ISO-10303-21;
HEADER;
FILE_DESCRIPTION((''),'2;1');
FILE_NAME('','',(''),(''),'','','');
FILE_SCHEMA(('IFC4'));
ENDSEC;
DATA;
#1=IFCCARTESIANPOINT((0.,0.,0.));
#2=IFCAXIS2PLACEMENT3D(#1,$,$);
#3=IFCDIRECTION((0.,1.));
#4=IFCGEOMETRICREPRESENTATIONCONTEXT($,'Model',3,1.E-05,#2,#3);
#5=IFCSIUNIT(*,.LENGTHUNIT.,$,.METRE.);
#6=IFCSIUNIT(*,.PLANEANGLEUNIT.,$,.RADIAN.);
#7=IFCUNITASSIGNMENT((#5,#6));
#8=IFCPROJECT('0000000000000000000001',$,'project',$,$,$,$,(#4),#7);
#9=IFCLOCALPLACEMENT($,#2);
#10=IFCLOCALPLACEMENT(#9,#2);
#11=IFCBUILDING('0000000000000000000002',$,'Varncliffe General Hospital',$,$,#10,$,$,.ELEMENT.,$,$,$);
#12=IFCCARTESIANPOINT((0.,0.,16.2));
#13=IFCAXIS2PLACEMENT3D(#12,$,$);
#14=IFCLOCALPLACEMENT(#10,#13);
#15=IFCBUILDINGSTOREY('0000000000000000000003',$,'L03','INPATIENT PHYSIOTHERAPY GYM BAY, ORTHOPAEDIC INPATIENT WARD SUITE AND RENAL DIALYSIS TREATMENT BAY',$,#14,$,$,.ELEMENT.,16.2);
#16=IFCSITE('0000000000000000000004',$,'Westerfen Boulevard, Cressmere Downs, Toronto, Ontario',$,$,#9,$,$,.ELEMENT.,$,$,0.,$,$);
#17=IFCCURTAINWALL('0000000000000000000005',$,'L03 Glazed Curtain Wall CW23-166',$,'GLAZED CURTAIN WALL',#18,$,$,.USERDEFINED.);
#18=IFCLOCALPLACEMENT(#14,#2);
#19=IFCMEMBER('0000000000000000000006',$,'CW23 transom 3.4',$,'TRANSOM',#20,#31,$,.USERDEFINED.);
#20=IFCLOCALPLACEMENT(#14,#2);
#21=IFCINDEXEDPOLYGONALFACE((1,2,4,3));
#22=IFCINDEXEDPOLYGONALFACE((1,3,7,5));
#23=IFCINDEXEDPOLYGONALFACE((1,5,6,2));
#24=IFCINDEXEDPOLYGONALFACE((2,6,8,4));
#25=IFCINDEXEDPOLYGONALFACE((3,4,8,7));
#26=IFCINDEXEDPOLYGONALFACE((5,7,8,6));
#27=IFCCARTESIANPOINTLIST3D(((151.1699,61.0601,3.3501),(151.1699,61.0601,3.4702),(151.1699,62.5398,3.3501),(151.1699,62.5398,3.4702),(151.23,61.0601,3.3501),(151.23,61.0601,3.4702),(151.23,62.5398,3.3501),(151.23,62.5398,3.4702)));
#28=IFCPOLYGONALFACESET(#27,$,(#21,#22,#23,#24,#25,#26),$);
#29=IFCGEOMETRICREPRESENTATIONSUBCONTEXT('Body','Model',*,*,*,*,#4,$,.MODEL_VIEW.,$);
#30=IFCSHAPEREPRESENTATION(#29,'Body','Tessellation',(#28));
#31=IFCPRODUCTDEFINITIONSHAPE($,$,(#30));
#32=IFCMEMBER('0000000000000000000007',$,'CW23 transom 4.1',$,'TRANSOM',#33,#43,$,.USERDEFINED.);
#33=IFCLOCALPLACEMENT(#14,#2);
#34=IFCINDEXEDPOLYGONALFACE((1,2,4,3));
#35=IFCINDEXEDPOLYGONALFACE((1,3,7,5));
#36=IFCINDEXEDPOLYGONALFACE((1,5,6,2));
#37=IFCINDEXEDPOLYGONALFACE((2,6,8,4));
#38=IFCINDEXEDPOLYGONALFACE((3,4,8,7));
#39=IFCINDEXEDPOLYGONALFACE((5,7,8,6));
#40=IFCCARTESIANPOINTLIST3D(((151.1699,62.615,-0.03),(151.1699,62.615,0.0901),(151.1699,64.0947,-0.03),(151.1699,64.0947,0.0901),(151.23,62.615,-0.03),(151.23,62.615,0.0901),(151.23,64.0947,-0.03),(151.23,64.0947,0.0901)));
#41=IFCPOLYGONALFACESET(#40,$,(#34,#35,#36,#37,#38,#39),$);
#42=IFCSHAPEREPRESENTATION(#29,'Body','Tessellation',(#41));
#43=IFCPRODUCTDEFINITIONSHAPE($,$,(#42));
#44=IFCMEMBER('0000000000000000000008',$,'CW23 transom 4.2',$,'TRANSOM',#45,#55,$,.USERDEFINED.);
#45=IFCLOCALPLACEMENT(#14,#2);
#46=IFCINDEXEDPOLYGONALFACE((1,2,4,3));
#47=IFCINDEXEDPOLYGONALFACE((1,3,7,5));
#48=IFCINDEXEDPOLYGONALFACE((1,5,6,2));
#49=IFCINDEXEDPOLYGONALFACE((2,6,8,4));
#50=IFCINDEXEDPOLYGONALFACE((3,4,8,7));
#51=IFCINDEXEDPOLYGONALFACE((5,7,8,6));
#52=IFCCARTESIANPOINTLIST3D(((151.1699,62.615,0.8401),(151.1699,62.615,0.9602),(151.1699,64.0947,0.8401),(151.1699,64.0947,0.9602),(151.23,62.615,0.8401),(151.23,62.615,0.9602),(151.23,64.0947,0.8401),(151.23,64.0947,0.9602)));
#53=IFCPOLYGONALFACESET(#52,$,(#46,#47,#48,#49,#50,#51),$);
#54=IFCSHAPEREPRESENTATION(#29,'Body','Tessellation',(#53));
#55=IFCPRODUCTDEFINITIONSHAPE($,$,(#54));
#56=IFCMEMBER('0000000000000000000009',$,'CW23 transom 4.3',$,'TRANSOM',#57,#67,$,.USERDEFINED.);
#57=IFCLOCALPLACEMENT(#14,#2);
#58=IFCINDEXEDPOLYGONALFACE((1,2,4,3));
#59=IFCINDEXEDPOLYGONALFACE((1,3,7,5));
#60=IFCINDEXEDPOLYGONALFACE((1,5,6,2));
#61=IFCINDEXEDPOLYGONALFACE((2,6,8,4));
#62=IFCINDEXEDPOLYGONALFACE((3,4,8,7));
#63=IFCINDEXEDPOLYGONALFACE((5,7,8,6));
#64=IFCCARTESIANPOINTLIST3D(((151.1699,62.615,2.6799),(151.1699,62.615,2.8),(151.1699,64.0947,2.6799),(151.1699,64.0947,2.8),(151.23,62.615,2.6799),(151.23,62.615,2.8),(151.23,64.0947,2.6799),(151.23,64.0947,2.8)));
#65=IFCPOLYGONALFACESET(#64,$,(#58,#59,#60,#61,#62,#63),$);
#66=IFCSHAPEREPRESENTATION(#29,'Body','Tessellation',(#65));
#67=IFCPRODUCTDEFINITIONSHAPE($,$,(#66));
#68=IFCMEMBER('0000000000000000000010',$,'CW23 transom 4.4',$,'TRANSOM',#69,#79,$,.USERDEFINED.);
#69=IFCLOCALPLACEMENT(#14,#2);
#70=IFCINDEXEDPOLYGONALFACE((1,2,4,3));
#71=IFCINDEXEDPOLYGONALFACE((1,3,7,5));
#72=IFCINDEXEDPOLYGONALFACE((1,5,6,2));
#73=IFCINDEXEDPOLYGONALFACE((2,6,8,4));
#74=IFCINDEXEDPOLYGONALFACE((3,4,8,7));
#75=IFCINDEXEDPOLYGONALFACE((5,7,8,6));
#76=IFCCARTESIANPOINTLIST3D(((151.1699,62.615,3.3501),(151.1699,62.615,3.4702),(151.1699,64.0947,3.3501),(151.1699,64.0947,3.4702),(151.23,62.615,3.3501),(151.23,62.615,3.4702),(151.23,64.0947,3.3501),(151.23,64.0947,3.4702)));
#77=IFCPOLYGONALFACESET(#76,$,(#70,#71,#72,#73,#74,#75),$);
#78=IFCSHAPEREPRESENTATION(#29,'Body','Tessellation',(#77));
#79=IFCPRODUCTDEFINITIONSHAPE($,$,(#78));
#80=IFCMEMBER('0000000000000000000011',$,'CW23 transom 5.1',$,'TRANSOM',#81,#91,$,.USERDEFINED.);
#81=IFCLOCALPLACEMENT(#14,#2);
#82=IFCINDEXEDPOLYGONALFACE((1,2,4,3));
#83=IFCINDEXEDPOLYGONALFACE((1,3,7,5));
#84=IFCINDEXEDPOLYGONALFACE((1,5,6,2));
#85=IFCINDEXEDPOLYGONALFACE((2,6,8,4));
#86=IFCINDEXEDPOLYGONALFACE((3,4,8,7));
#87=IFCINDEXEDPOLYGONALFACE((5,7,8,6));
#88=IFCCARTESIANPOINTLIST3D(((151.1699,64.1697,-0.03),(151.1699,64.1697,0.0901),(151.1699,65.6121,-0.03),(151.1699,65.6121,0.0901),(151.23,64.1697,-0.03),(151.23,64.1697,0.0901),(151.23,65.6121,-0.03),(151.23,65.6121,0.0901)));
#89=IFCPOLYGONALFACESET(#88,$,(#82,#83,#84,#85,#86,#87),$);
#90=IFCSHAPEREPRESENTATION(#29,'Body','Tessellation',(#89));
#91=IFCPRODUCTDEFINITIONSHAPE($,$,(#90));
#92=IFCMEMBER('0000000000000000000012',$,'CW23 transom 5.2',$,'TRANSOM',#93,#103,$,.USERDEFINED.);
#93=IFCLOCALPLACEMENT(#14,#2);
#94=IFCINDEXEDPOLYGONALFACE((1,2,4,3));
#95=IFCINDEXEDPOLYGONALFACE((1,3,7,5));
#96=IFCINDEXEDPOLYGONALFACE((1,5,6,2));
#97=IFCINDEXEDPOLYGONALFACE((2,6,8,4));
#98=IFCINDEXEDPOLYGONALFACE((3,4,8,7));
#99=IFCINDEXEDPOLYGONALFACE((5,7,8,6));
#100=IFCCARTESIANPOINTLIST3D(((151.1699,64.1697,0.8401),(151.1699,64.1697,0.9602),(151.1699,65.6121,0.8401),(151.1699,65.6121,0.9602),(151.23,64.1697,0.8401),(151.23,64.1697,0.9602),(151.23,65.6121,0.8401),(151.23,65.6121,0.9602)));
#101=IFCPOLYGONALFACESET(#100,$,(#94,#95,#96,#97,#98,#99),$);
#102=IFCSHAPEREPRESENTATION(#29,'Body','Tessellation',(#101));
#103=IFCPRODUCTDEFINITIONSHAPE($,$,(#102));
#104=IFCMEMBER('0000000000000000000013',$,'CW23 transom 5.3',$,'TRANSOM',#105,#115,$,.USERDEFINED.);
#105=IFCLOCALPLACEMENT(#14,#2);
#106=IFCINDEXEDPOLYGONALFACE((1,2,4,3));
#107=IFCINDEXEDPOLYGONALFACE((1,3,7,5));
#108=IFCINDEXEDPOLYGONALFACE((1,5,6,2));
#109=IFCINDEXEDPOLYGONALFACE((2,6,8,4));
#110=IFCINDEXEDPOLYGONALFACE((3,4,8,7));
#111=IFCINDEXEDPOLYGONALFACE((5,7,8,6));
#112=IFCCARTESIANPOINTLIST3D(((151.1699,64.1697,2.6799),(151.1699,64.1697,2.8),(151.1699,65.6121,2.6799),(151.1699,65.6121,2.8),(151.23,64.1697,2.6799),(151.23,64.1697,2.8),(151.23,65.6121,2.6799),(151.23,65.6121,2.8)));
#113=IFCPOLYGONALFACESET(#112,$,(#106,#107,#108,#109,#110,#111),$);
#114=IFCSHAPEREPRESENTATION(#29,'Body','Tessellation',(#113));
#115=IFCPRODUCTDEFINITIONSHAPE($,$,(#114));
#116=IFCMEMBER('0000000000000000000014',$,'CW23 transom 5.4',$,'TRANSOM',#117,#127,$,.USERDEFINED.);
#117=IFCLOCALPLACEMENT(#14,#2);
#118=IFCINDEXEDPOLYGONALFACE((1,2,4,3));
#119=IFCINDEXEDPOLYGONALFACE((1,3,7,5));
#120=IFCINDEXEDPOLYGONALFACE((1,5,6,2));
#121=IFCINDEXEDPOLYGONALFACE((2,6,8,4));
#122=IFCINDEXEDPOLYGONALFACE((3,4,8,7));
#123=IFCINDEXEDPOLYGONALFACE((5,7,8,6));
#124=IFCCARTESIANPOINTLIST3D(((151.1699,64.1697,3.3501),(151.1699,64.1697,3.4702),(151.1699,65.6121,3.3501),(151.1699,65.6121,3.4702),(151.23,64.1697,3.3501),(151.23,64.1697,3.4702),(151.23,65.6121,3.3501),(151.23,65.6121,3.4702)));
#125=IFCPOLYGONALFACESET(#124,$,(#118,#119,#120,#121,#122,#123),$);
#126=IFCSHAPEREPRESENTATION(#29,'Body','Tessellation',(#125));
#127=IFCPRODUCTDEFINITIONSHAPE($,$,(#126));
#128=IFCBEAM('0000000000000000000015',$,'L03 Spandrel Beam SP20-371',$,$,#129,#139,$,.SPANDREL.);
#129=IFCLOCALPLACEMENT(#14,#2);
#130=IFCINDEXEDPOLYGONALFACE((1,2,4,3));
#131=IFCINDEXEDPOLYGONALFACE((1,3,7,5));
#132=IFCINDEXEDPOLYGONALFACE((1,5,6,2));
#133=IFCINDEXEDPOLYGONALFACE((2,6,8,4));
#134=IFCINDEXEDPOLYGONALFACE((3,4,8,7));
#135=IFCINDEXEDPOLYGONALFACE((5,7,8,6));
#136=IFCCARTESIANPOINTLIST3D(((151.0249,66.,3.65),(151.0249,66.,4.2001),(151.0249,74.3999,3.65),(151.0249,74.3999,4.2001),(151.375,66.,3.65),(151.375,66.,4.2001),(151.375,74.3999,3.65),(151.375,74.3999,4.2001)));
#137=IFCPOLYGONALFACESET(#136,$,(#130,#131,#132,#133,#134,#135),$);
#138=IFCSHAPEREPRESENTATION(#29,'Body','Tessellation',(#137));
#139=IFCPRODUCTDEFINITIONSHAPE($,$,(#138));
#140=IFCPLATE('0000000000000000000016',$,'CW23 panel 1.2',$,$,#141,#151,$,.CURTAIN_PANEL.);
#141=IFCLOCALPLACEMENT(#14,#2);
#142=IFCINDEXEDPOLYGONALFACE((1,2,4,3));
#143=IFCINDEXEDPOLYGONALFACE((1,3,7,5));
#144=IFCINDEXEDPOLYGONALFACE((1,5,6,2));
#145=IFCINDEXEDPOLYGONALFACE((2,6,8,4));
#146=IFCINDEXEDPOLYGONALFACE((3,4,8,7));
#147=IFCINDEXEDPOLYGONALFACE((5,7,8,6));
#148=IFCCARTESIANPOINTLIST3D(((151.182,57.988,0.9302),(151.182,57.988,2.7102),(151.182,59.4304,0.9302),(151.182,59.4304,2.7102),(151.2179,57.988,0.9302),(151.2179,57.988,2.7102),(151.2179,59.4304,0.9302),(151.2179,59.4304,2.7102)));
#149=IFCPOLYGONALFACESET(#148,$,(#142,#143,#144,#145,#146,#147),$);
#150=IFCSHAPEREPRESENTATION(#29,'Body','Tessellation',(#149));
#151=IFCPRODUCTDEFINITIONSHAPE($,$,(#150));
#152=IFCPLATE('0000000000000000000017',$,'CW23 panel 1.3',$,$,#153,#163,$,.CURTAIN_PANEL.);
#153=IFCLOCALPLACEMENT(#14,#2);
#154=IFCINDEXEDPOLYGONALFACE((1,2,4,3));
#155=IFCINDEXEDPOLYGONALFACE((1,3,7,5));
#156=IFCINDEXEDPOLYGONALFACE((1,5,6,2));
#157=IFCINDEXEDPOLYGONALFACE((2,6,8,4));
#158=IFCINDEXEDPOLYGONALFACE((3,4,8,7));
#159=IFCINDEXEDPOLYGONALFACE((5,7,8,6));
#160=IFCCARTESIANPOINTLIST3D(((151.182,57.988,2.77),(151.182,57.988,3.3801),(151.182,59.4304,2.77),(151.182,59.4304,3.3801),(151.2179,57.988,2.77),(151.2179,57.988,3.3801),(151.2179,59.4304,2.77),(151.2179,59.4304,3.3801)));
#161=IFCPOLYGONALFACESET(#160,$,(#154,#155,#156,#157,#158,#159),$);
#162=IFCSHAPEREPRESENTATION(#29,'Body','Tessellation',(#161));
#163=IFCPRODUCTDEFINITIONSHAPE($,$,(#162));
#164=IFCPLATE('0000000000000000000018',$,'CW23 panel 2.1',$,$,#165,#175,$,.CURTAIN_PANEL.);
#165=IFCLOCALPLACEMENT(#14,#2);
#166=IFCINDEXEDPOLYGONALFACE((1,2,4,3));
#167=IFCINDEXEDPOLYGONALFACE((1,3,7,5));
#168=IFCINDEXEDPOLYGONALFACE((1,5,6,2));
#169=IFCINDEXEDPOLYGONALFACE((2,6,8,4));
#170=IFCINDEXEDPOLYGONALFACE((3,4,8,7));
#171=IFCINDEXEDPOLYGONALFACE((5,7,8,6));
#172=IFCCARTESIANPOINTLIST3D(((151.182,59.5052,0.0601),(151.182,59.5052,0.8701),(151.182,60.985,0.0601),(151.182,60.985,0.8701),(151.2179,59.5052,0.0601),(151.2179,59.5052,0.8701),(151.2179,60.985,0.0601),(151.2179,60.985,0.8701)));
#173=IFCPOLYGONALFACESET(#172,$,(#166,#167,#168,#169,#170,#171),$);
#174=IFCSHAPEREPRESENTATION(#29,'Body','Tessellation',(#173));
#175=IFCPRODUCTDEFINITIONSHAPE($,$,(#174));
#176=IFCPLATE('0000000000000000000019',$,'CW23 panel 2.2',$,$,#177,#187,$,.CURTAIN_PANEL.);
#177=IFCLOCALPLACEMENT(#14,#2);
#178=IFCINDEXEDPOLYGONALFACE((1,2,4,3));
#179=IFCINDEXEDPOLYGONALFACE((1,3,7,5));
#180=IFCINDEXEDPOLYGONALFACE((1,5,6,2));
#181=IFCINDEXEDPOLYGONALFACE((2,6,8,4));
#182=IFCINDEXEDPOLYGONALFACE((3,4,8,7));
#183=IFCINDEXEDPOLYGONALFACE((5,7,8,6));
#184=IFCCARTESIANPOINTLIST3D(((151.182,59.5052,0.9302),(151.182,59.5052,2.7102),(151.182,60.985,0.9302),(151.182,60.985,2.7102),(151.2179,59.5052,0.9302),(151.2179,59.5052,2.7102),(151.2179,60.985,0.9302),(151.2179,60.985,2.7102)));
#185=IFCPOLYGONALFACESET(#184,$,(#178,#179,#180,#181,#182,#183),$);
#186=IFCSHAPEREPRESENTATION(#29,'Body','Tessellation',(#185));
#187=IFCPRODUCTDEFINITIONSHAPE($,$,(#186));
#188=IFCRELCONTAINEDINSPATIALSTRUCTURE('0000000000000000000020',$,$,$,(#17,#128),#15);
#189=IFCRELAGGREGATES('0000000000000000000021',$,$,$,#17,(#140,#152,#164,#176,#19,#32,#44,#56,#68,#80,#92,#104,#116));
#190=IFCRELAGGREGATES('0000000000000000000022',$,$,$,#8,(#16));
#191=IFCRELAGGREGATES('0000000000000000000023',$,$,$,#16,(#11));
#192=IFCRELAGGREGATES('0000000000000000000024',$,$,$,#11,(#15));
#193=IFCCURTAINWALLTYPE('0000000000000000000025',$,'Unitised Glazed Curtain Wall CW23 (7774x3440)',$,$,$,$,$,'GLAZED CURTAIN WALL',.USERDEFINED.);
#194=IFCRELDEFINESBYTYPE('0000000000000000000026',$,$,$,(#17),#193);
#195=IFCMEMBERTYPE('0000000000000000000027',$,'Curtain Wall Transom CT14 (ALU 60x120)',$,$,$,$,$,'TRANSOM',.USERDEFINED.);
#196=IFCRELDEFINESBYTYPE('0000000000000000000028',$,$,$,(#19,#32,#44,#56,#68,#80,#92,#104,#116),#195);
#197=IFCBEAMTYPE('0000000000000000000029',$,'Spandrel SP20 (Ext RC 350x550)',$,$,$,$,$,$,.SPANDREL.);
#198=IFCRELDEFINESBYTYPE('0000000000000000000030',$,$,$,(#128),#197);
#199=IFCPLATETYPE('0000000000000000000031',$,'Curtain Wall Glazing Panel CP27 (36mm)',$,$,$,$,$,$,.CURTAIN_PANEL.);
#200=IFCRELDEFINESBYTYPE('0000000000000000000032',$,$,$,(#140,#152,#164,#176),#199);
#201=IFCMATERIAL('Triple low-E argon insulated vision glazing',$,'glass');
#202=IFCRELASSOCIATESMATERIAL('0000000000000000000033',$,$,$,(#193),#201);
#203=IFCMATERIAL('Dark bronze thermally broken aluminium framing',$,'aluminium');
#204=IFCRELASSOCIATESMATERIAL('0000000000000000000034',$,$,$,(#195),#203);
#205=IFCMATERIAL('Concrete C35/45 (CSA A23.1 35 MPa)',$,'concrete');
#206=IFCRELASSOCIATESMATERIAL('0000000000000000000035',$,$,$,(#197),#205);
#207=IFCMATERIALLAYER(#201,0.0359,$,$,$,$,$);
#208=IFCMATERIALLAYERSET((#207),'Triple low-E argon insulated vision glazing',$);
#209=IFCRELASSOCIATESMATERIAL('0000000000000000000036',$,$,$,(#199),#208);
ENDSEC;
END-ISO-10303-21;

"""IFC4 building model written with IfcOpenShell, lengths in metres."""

from ifc_helpers import new_model, si_unit, direction, frame, origin, origin_2d, place, context, subcontext, project, spatial, rectangle, extrude, material, layer, layer_set, material_profile, profile_set, type_object, element, aggregate, save


model = new_model("IFC4")

# Units and contexts
model_context = context("Model", 3, precision=1e-05, world=origin(), true_north=direction((0.0, 1.0)))
body_context = subcontext(model_context, "Body", "Model", "MODEL_VIEW")
ifc_project = project(units=[si_unit("LENGTHUNIT", "METRE"), si_unit("PLANEANGLEUNIT", "RADIAN")], contexts=[model_context])

# Site, building, storey
site_placement = place(None, origin())
site = spatial("IfcSite", under=ifc_project, at=site_placement, Name="Westerfen Boulevard, Cressmere Downs, Toronto, Ontario", CompositionType="ELEMENT", RefElevation=0.0)
building_placement = place(site_placement, origin())
building = spatial("IfcBuilding", under=site, at=building_placement, Name="Varncliffe General Hospital", CompositionType="ELEMENT")
storey_placement = place(building_placement, frame((0.0, 0.0, 16.2)))
storey = spatial("IfcBuildingStorey", under=building, at=storey_placement, Name="L03", Description="INPATIENT PHYSIOTHERAPY GYM BAY, ORTHOPAEDIC INPATIENT WARD SUITE AND RENAL DIALYSIS TREATMENT BAY", CompositionType="ELEMENT", Elevation=16.2)

# Shared definitions
ifc_material_1 = material(Name="Concrete C35/45 (CSA A23.1 35 MPa)", Category="concrete")

# Curtain wall, members
ifc_material_2 = material(Name="Triple low-E argon insulated vision glazing", Category="glass")
curtain_wall_type = type_object("IfcCurtainWallType", Name="Unitised Glazed Curtain Wall CW23 (7774x3440)", ElementType="GLAZED CURTAIN WALL", PredefinedType="USERDEFINED", material=ifc_material_2)
curtain_wall_placement = place(storey_placement, origin())
curtain_wall = element("IfcCurtainWall", 1, at=curtain_wall_placement, inside=storey, type_object=curtain_wall_type, Name="L03 Glazed Curtain Wall CW23-166", ObjectType="GLAZED CURTAIN WALL", PredefinedType="USERDEFINED")
ifc_material_3 = material(Name="Dark bronze thermally broken aluminium framing", Category="aluminium")
ifc_material_profile_1 = material_profile(ifc_material_3, rectangle(XDim=0.0601, YDim=0.1201, at=origin_2d()), Name="ALU 60x120")
ifc_profile_set_1 = profile_set([ifc_material_profile_1], Name="Dark bronze thermally broken aluminium framing")
member_type_1 = type_object("IfcMemberType", Name="Curtain Wall Transom CT14 (ALU 60x120)", ElementType="TRANSOM", PredefinedType="USERDEFINED", material=ifc_profile_set_1)
member_1_placement = place(storey_placement, frame((151.2, 61.0601, 3.4102), z_axis=(0.0, 1.0, 0.0), x_axis=(-1.0, 0.0, 0.0)))
member_1 = element("IfcMember", 2, at=member_1_placement, type_object=member_type_1, Name="CW23 transom 3.4", ObjectType="TRANSOM", PredefinedType="USERDEFINED", context=body_context, shape_type="SweptSolid", body=[
    extrude(rectangle(XDim=0.0601, YDim=0.1201, at=origin_2d()), origin(), (0.0, 0.0, 1.0), 1.4797),
])
member_2_placement = place(storey_placement, frame((151.2, 62.615, 0.03), z_axis=(0.0, 1.0, 0.0), x_axis=(-1.0, 0.0, 0.0)))
member_2 = element("IfcMember", 3, at=member_2_placement, type_object=member_type_1, Name="CW23 transom 4.1", ObjectType="TRANSOM", PredefinedType="USERDEFINED", context=body_context, shape_type="SweptSolid", body=[
    extrude(rectangle(XDim=0.0601, YDim=0.1201, at=origin_2d()), origin(), (0.0, 0.0, 1.0), 1.4797),
])
member_3_placement = place(storey_placement, frame((151.2, 62.615, 0.9001), z_axis=(0.0, 1.0, 0.0), x_axis=(-1.0, 0.0, 0.0)))
member_3 = element("IfcMember", 4, at=member_3_placement, type_object=member_type_1, Name="CW23 transom 4.2", ObjectType="TRANSOM", PredefinedType="USERDEFINED", context=body_context, shape_type="SweptSolid", body=[
    extrude(rectangle(XDim=0.0601, YDim=0.1201, at=origin_2d()), origin(), (0.0, 0.0, 1.0), 1.4797),
])
member_4_placement = place(storey_placement, frame((151.2, 62.615, 2.74), z_axis=(0.0, 1.0, 0.0), x_axis=(-1.0, 0.0, 0.0)))
member_4 = element("IfcMember", 5, at=member_4_placement, type_object=member_type_1, Name="CW23 transom 4.3", ObjectType="TRANSOM", PredefinedType="USERDEFINED", context=body_context, shape_type="SweptSolid", body=[
    extrude(rectangle(XDim=0.0601, YDim=0.1201, at=origin_2d()), origin(), (0.0, 0.0, 1.0), 1.4797),
])
member_5_placement = place(storey_placement, frame((151.2, 62.615, 3.4102), z_axis=(0.0, 1.0, 0.0), x_axis=(-1.0, 0.0, 0.0)))
member_5 = element("IfcMember", 6, at=member_5_placement, type_object=member_type_1, Name="CW23 transom 4.4", ObjectType="TRANSOM", PredefinedType="USERDEFINED", context=body_context, shape_type="SweptSolid", body=[
    extrude(rectangle(XDim=0.0601, YDim=0.1201, at=origin_2d()), origin(), (0.0, 0.0, 1.0), 1.4797),
])
member_6_placement = place(storey_placement, frame((151.2, 64.1697, 0.03), z_axis=(0.0, 1.0, 0.0), x_axis=(-1.0, 0.0, 0.0)))
member_6 = element("IfcMember", 7, at=member_6_placement, type_object=member_type_1, Name="CW23 transom 5.1", ObjectType="TRANSOM", PredefinedType="USERDEFINED", context=body_context, shape_type="SweptSolid", body=[
    extrude(rectangle(XDim=0.0601, YDim=0.1201, at=origin_2d()), origin(), (0.0, 0.0, 1.0), 1.4424),
])
member_7_placement = place(storey_placement, frame((151.2, 64.1697, 0.9001), z_axis=(0.0, 1.0, 0.0), x_axis=(-1.0, 0.0, 0.0)))
member_7 = element("IfcMember", 8, at=member_7_placement, type_object=member_type_1, Name="CW23 transom 5.2", ObjectType="TRANSOM", PredefinedType="USERDEFINED", context=body_context, shape_type="SweptSolid", body=[
    extrude(rectangle(XDim=0.0601, YDim=0.1201, at=origin_2d()), origin(), (0.0, 0.0, 1.0), 1.4424),
])
member_8_placement = place(storey_placement, frame((151.2, 64.1697, 2.74), z_axis=(0.0, 1.0, 0.0), x_axis=(-1.0, 0.0, 0.0)))
member_8 = element("IfcMember", 9, at=member_8_placement, type_object=member_type_1, Name="CW23 transom 5.3", ObjectType="TRANSOM", PredefinedType="USERDEFINED", context=body_context, shape_type="SweptSolid", body=[
    extrude(rectangle(XDim=0.0601, YDim=0.1201, at=origin_2d()), origin(), (0.0, 0.0, 1.0), 1.4424),
])
member_9_placement = place(storey_placement, frame((151.2, 64.1697, 3.4102), z_axis=(0.0, 1.0, 0.0), x_axis=(-1.0, 0.0, 0.0)))
member_9 = element("IfcMember", 10, at=member_9_placement, type_object=member_type_1, Name="CW23 transom 5.4", ObjectType="TRANSOM", PredefinedType="USERDEFINED", context=body_context, shape_type="SweptSolid", body=[
    extrude(rectangle(XDim=0.0601, YDim=0.1201, at=origin_2d()), origin(), (0.0, 0.0, 1.0), 1.4424),
])

# Beam
ifc_material_profile_2 = material_profile(ifc_material_1, rectangle(XDim=0.3501, YDim=0.55, at=origin_2d()), Name="RC 350x550")
ifc_profile_set_2 = profile_set([ifc_material_profile_2], Name="Concrete C35/45 (CSA A23.1 35 MPa)")
beam_type_1 = type_object("IfcBeamType", Name="Spandrel SP20 (Ext RC 350x550)", PredefinedType="SPANDREL", material=ifc_profile_set_2)
beam_1_placement = place(storey_placement, frame((151.2, 66.0, 3.925), z_axis=(0.0, 1.0, 0.0), x_axis=(-1.0, 0.0, 0.0)))
element("IfcBeam", 11, at=beam_1_placement, inside=storey, type_object=beam_type_1, Name="L03 Spandrel Beam SP20-371", PredefinedType="SPANDREL", context=body_context, shape_type="SweptSolid", body=[
    extrude(rectangle(XDim=0.3501, YDim=0.55, at=origin_2d()), origin(), (0.0, 0.0, 1.0), 8.3999),
])

# Plates
ifc_layer = layer(ifc_material_2, 0.0359)
ifc_layer_set = layer_set([ifc_layer], Name="Triple low-E argon insulated vision glazing")
plate_type = type_object("IfcPlateType", Name="Curtain Wall Glazing Panel CP27 (36mm)", PredefinedType="CURTAIN_PANEL", material=ifc_layer_set)
plate_1_placement = place(storey_placement, frame((151.2, 58.7092, 0.9302), z_axis=(0.0, 0.0, 1.0), x_axis=(0.0, 1.0, 0.0)))
plate_1 = element("IfcPlate", 12, at=plate_1_placement, type_object=plate_type, Name="CW23 panel 1.2", PredefinedType="CURTAIN_PANEL", context=body_context, shape_type="SweptSolid", body=[
    extrude(rectangle(XDim=1.4424, YDim=0.0359, at=origin_2d()), origin(), (0.0, 0.0, 1.0), 1.78),
])
plate_2_placement = place(storey_placement, frame((151.2, 58.7092, 2.77), z_axis=(0.0, 0.0, 1.0), x_axis=(0.0, 1.0, 0.0)))
plate_2 = element("IfcPlate", 13, at=plate_2_placement, type_object=plate_type, Name="CW23 panel 1.3", PredefinedType="CURTAIN_PANEL", context=body_context, shape_type="SweptSolid", body=[
    extrude(rectangle(XDim=1.4424, YDim=0.0359, at=origin_2d()), origin(), (0.0, 0.0, 1.0), 0.6101),
])
plate_3_placement = place(storey_placement, frame((151.2, 60.2451, 0.0601), z_axis=(0.0, 0.0, 1.0), x_axis=(0.0, 1.0, 0.0)))
plate_3 = element("IfcPlate", 14, at=plate_3_placement, type_object=plate_type, Name="CW23 panel 2.1", PredefinedType="CURTAIN_PANEL", context=body_context, shape_type="SweptSolid", body=[
    extrude(rectangle(XDim=1.4797, YDim=0.0359, at=origin_2d()), origin(), (0.0, 0.0, 1.0), 0.8101),
])
plate_4_placement = place(storey_placement, frame((151.2, 60.2451, 0.9302), z_axis=(0.0, 0.0, 1.0), x_axis=(0.0, 1.0, 0.0)))
plate_4 = element("IfcPlate", 15, at=plate_4_placement, type_object=plate_type, Name="CW23 panel 2.2", PredefinedType="CURTAIN_PANEL", context=body_context, shape_type="SweptSolid", body=[
    extrude(rectangle(XDim=1.4797, YDim=0.0359, at=origin_2d()), origin(), (0.0, 0.0, 1.0), 1.78),
])
aggregate(curtain_wall, [plate_1, plate_2, plate_3, plate_4, member_1, member_2, member_3, member_4, member_5, member_6, member_7, member_8, member_9])

save(model, "model.ifc")
